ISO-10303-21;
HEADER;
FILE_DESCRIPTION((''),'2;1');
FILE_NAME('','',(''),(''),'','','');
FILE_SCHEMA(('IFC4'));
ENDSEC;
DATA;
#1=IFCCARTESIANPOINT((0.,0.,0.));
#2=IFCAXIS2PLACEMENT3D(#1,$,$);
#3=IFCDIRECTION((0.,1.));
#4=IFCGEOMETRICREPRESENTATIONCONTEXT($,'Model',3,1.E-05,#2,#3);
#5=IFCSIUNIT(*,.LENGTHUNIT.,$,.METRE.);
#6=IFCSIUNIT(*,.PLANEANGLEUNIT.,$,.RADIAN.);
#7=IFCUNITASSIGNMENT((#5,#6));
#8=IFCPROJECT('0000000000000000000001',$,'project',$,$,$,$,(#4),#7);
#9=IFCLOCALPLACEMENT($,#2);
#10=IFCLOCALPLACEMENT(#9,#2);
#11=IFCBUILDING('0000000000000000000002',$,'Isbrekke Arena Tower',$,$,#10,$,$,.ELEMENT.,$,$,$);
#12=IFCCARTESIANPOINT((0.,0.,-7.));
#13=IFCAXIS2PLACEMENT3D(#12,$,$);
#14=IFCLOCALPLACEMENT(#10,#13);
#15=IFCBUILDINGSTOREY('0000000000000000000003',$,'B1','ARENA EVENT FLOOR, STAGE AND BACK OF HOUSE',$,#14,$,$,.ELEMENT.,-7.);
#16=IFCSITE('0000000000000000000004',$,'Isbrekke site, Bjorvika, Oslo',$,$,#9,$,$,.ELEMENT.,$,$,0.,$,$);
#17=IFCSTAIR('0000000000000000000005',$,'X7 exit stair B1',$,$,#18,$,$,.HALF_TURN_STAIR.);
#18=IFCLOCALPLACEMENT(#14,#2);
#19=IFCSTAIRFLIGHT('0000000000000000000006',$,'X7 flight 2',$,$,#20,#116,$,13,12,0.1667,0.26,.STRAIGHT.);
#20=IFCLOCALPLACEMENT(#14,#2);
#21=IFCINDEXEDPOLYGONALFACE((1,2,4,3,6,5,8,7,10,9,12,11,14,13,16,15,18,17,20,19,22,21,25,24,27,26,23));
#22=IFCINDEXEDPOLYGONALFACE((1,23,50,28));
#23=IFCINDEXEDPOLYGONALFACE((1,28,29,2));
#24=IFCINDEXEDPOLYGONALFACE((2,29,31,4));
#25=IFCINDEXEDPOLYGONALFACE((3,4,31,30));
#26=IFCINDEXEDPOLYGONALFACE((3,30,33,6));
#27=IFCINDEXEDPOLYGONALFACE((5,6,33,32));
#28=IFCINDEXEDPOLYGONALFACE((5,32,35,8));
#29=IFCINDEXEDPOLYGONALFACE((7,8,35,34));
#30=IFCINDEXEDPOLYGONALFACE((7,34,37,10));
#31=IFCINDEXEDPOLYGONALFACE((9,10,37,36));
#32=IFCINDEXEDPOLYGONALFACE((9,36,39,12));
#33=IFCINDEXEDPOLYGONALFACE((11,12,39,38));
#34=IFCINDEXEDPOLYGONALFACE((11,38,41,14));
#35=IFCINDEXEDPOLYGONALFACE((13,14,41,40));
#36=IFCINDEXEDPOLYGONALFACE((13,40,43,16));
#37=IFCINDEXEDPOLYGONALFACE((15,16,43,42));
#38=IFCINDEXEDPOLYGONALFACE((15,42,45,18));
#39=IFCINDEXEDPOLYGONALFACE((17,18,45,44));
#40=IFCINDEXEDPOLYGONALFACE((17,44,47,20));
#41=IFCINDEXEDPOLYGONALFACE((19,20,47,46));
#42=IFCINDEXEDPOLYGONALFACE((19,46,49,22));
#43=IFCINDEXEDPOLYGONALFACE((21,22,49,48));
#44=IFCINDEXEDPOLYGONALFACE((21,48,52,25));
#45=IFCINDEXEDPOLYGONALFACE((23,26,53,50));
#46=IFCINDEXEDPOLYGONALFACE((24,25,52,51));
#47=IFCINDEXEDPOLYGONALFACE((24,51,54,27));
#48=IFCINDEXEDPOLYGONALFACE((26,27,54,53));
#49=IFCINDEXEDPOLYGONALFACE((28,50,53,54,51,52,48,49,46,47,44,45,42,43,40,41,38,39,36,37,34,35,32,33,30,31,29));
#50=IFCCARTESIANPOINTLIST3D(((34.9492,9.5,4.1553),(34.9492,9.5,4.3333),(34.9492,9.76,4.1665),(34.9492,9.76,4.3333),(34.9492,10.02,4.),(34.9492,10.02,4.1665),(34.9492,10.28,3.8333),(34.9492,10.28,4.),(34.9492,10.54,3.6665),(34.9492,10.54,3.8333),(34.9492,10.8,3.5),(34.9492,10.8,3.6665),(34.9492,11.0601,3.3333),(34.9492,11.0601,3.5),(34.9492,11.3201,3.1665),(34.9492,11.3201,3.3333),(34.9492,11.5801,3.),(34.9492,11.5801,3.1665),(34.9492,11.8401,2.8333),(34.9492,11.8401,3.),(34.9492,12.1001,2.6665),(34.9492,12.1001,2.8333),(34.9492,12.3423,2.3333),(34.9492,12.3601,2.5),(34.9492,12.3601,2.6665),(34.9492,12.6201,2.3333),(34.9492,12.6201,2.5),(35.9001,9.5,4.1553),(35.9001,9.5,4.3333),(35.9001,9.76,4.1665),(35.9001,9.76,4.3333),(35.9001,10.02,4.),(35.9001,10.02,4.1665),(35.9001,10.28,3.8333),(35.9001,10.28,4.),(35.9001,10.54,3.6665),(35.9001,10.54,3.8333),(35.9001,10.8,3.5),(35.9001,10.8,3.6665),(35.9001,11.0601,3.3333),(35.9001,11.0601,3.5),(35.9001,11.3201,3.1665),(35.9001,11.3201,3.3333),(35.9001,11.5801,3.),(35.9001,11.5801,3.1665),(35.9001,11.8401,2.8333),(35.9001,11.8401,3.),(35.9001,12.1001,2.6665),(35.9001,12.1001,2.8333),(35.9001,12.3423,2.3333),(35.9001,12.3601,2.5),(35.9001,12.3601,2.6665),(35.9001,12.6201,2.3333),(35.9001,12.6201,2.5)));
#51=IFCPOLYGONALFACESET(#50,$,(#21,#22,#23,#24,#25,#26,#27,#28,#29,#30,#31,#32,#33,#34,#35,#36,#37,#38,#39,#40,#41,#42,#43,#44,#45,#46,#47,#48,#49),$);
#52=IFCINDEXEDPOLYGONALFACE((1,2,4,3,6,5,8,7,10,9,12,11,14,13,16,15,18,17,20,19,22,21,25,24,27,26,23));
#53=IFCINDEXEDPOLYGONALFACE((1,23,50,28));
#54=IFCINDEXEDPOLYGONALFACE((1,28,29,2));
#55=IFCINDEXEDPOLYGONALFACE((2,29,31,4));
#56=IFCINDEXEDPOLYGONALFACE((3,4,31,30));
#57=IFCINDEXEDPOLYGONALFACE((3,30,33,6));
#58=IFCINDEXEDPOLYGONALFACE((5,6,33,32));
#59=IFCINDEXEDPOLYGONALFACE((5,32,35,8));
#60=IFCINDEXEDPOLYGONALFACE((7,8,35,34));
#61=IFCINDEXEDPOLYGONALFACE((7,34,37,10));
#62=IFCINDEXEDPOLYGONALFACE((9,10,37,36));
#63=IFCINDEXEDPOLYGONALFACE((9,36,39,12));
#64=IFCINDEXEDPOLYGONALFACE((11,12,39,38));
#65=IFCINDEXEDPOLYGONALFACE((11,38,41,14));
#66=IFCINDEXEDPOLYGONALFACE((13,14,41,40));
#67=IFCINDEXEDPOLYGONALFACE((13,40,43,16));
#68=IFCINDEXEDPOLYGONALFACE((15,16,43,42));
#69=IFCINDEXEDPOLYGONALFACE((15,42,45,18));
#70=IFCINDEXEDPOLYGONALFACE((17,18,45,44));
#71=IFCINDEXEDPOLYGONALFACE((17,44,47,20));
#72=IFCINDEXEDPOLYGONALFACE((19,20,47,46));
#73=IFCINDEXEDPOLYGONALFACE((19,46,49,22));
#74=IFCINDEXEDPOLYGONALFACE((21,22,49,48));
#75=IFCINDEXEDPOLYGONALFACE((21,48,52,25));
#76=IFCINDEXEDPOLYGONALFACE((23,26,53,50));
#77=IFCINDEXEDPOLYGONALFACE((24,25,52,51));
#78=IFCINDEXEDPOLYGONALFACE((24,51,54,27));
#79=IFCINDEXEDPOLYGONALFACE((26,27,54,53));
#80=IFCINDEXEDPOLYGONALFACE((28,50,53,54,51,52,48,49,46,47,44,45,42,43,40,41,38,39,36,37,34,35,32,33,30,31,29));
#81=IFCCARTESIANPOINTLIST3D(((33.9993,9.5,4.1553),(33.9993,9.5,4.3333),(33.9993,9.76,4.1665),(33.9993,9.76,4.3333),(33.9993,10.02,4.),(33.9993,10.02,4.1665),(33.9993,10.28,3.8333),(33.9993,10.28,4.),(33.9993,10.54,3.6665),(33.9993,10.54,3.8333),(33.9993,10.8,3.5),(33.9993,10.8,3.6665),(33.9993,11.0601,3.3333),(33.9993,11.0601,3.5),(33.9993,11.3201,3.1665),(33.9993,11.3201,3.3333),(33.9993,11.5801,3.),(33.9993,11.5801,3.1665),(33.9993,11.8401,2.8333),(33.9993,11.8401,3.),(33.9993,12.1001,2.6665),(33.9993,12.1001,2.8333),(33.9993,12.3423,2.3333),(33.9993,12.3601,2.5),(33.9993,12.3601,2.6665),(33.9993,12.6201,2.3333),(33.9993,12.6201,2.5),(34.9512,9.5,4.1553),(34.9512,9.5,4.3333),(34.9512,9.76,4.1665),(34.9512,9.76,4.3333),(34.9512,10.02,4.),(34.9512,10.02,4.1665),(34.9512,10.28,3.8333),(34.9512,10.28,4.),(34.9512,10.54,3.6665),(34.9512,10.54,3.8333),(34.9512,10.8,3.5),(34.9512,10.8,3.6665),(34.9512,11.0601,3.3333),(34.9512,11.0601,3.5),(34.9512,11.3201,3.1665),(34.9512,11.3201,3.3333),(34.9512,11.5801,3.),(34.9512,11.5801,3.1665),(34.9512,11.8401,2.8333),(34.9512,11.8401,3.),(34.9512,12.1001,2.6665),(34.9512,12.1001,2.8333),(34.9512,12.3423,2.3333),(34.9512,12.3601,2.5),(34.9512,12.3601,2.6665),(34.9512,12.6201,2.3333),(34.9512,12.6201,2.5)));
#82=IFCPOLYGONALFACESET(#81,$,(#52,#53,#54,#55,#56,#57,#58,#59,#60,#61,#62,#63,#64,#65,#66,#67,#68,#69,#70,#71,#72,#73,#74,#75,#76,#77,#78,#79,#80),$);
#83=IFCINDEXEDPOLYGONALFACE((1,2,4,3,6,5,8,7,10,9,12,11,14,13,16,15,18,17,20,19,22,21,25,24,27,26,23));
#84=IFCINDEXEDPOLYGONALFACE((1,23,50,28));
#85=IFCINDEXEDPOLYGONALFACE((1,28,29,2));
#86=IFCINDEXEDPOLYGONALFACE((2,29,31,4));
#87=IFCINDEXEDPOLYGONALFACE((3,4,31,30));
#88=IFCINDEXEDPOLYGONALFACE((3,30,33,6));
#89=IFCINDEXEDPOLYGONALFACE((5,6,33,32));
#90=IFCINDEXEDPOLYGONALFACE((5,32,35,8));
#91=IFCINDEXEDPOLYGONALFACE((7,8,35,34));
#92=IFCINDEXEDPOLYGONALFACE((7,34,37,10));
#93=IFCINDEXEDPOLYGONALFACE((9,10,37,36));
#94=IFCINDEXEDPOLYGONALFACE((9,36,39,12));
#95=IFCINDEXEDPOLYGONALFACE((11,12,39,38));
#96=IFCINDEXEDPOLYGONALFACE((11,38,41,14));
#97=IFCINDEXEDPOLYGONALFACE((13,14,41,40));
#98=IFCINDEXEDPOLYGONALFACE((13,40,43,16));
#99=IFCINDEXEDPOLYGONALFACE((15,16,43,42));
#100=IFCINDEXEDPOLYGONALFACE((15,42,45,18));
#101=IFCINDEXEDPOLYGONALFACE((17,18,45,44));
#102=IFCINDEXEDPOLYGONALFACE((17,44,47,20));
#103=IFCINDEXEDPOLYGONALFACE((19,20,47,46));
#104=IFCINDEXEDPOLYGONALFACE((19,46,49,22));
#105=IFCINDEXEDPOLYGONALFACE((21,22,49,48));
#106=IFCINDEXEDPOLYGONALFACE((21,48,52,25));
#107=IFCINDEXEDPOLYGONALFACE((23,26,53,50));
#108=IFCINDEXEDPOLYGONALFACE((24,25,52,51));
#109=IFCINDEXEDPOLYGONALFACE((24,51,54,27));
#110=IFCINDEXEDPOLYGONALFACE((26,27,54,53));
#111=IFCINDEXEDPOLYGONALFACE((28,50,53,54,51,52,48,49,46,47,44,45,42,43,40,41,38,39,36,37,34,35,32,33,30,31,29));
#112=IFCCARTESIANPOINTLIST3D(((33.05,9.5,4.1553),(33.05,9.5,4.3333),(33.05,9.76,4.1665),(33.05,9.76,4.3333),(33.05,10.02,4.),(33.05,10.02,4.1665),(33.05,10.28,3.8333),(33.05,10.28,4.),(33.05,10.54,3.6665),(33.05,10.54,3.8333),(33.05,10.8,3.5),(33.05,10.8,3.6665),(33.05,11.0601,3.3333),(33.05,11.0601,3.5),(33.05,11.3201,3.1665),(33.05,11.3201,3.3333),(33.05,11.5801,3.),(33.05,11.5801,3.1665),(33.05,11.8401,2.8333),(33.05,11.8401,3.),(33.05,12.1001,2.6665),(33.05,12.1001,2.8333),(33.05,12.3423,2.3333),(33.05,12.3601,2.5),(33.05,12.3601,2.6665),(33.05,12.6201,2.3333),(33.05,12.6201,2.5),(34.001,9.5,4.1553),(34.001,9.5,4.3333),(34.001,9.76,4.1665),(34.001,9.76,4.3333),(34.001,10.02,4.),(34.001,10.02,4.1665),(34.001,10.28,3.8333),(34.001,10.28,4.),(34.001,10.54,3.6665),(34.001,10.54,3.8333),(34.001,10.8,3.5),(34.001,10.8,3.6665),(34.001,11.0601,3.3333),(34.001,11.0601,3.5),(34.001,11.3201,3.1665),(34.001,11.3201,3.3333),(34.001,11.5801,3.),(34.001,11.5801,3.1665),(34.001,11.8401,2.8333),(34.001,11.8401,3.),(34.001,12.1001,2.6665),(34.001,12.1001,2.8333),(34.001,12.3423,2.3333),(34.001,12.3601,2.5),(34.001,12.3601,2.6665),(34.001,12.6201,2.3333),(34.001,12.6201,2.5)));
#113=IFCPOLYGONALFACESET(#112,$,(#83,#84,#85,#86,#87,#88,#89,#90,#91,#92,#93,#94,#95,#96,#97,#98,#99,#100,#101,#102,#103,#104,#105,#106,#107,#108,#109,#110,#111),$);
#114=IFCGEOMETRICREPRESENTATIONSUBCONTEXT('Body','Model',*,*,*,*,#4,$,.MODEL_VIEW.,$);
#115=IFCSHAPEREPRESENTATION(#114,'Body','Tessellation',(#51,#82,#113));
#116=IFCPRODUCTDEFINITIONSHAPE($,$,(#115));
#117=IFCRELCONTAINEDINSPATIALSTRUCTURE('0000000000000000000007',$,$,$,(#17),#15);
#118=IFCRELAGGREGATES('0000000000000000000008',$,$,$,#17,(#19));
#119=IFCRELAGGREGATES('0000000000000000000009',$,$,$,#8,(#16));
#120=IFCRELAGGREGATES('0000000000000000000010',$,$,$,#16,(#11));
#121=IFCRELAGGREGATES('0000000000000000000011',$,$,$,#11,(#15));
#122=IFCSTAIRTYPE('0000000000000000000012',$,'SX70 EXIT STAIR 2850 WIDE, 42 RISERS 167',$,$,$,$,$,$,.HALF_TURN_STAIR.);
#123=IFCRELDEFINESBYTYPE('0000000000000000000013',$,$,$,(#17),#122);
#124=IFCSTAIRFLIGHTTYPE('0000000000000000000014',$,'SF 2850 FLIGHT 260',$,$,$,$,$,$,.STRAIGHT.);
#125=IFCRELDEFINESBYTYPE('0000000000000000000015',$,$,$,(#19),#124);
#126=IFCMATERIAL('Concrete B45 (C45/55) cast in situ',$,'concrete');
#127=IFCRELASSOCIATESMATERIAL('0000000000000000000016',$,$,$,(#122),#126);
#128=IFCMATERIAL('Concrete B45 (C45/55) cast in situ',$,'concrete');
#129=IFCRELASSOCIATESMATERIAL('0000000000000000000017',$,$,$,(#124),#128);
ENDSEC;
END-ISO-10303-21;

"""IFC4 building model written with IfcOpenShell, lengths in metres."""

from ifc_helpers import new_model, si_unit, direction, frame, origin, place, context, subcontext, project, spatial, polyline, outline, extrude, material, type_object, element, aggregate, save


model = new_model("IFC4")

# Units and contexts
model_context = context("Model", 3, precision=1e-05, world=origin(), true_north=direction((0.0, 1.0)))
body_context = subcontext(model_context, "Body", "Model", "MODEL_VIEW")
ifc_project = project(units=[si_unit("LENGTHUNIT", "METRE"), si_unit("PLANEANGLEUNIT", "RADIAN")], contexts=[model_context])

# Site, building, storey
site_placement = place(None, origin())
site = spatial("IfcSite", under=ifc_project, at=site_placement, Name="Isbrekke site, Bjorvika, Oslo", CompositionType="ELEMENT", RefElevation=0.0)
building_placement = place(site_placement, origin())
building = spatial("IfcBuilding", under=site, at=building_placement, Name="Isbrekke Arena Tower", CompositionType="ELEMENT")
storey_placement = place(building_placement, frame((0.0, 0.0, -7.0)))
storey = spatial("IfcBuildingStorey", under=building, at=storey_placement, Name="B1", Description="ARENA EVENT FLOOR, STAGE AND BACK OF HOUSE", CompositionType="ELEMENT", Elevation=-7.0)

# Stair, stair flight
ifc_material_1 = material(Name="Concrete B45 (C45/55) cast in situ", Category="concrete")
stair_type = type_object("IfcStairType", Name="SX70 EXIT STAIR 2850 WIDE, 42 RISERS 167", PredefinedType="HALF_TURN_STAIR", material=ifc_material_1)
stair_placement = place(storey_placement, origin())
stair = element("IfcStair", 1, at=stair_placement, inside=storey, type_object=stair_type, Name="X7 exit stair B1", PredefinedType="HALF_TURN_STAIR")
ifc_material_2 = material(Name="Concrete B45 (C45/55) cast in situ", Category="concrete")
stair_flight_type = type_object("IfcStairFlightType", Name="SF 2850 FLIGHT 260", PredefinedType="STRAIGHT", material=ifc_material_2)
stair_flight_1_placement = place(storey_placement, frame((34.4751, 12.6201, 2.3333), z_axis=(0.0, 0.0, 1.0), x_axis=(0.0, -1.0, 0.0)))
stair_flight_1 = element("IfcStairFlight", 2, at=stair_flight_1_placement, type_object=stair_flight_type, Name="X7 flight 2", NumberOfRisers=13, NumberOfTreads=12, PredefinedType="STRAIGHT", RiserHeight=0.1667, TreadLength=0.26, context=body_context, shape_type="SweptSolid", body=[
    extrude(outline(polyline([(0.0, 0.0), (0.0, 0.1667), (0.26, 0.1667), (0.26, 0.3333), (0.52, 0.3333), (0.52, 0.5), (0.78, 0.5), (0.78, 0.6667), (1.04, 0.6667), (1.04, 0.8333), (1.3, 0.8333), (1.3, 1.0), (1.5601, 1.0), (1.5601, 1.1667), (1.8201, 1.1667), (1.8201, 1.3333), (2.0801, 1.3333), (2.0801, 1.5), (2.3401, 1.5), (2.3401, 1.6667), (2.6001, 1.6667), (2.6001, 1.8333), (2.8601, 1.8333), (2.8601, 2.0), (3.1201, 2.0), (3.1201, 2.1667), (3.1201, 1.822), (0.2778, 0.0), (0.0, 0.0)])), frame((0.0, 1.425, 0.0), z_axis=(0.0, -1.0, 0.0), x_axis=(1.0, 0.0, 0.0)), (0.0, 0.0, 1.0), 0.9509),
    extrude(outline(polyline([(0.0, 0.0), (0.0, 0.1667), (0.26, 0.1667), (0.26, 0.3333), (0.52, 0.3333), (0.52, 0.5), (0.78, 0.5), (0.78, 0.6667), (1.04, 0.6667), (1.04, 0.8333), (1.3, 0.8333), (1.3, 1.0), (1.5601, 1.0), (1.5601, 1.1667), (1.8201, 1.1667), (1.8201, 1.3333), (2.0801, 1.3333), (2.0801, 1.5), (2.3401, 1.5), (2.3401, 1.6667), (2.6001, 1.6667), (2.6001, 1.8333), (2.8601, 1.8333), (2.8601, 2.0), (3.1201, 2.0), (3.1201, 2.1667), (3.1201, 1.822), (0.2778, 0.0), (0.0, 0.0)])), frame((0.0, 0.4761, 0.0), z_axis=(0.0, -1.0, 0.0), x_axis=(1.0, 0.0, 0.0)), (0.0, 0.0, 1.0), 0.9519),
    extrude(outline(polyline([(0.0, 0.0), (0.0, 0.1667), (0.26, 0.1667), (0.26, 0.3333), (0.52, 0.3333), (0.52, 0.5), (0.78, 0.5), (0.78, 0.6667), (1.04, 0.6667), (1.04, 0.8333), (1.3, 0.8333), (1.3, 1.0), (1.5601, 1.0), (1.5601, 1.1667), (1.8201, 1.1667), (1.8201, 1.3333), (2.0801, 1.3333), (2.0801, 1.5), (2.3401, 1.5), (2.3401, 1.6667), (2.6001, 1.6667), (2.6001, 1.8333), (2.8601, 1.8333), (2.8601, 2.0), (3.1201, 2.0), (3.1201, 2.1667), (3.1201, 1.822), (0.2778, 0.0), (0.0, 0.0)])), frame((0.0, -0.4741, 0.0), z_axis=(0.0, -1.0, 0.0), x_axis=(1.0, 0.0, 0.0)), (0.0, 0.0, 1.0), 0.9509),
])
aggregate(stair, [stair_flight_1])

save(model, "model.ifc")
